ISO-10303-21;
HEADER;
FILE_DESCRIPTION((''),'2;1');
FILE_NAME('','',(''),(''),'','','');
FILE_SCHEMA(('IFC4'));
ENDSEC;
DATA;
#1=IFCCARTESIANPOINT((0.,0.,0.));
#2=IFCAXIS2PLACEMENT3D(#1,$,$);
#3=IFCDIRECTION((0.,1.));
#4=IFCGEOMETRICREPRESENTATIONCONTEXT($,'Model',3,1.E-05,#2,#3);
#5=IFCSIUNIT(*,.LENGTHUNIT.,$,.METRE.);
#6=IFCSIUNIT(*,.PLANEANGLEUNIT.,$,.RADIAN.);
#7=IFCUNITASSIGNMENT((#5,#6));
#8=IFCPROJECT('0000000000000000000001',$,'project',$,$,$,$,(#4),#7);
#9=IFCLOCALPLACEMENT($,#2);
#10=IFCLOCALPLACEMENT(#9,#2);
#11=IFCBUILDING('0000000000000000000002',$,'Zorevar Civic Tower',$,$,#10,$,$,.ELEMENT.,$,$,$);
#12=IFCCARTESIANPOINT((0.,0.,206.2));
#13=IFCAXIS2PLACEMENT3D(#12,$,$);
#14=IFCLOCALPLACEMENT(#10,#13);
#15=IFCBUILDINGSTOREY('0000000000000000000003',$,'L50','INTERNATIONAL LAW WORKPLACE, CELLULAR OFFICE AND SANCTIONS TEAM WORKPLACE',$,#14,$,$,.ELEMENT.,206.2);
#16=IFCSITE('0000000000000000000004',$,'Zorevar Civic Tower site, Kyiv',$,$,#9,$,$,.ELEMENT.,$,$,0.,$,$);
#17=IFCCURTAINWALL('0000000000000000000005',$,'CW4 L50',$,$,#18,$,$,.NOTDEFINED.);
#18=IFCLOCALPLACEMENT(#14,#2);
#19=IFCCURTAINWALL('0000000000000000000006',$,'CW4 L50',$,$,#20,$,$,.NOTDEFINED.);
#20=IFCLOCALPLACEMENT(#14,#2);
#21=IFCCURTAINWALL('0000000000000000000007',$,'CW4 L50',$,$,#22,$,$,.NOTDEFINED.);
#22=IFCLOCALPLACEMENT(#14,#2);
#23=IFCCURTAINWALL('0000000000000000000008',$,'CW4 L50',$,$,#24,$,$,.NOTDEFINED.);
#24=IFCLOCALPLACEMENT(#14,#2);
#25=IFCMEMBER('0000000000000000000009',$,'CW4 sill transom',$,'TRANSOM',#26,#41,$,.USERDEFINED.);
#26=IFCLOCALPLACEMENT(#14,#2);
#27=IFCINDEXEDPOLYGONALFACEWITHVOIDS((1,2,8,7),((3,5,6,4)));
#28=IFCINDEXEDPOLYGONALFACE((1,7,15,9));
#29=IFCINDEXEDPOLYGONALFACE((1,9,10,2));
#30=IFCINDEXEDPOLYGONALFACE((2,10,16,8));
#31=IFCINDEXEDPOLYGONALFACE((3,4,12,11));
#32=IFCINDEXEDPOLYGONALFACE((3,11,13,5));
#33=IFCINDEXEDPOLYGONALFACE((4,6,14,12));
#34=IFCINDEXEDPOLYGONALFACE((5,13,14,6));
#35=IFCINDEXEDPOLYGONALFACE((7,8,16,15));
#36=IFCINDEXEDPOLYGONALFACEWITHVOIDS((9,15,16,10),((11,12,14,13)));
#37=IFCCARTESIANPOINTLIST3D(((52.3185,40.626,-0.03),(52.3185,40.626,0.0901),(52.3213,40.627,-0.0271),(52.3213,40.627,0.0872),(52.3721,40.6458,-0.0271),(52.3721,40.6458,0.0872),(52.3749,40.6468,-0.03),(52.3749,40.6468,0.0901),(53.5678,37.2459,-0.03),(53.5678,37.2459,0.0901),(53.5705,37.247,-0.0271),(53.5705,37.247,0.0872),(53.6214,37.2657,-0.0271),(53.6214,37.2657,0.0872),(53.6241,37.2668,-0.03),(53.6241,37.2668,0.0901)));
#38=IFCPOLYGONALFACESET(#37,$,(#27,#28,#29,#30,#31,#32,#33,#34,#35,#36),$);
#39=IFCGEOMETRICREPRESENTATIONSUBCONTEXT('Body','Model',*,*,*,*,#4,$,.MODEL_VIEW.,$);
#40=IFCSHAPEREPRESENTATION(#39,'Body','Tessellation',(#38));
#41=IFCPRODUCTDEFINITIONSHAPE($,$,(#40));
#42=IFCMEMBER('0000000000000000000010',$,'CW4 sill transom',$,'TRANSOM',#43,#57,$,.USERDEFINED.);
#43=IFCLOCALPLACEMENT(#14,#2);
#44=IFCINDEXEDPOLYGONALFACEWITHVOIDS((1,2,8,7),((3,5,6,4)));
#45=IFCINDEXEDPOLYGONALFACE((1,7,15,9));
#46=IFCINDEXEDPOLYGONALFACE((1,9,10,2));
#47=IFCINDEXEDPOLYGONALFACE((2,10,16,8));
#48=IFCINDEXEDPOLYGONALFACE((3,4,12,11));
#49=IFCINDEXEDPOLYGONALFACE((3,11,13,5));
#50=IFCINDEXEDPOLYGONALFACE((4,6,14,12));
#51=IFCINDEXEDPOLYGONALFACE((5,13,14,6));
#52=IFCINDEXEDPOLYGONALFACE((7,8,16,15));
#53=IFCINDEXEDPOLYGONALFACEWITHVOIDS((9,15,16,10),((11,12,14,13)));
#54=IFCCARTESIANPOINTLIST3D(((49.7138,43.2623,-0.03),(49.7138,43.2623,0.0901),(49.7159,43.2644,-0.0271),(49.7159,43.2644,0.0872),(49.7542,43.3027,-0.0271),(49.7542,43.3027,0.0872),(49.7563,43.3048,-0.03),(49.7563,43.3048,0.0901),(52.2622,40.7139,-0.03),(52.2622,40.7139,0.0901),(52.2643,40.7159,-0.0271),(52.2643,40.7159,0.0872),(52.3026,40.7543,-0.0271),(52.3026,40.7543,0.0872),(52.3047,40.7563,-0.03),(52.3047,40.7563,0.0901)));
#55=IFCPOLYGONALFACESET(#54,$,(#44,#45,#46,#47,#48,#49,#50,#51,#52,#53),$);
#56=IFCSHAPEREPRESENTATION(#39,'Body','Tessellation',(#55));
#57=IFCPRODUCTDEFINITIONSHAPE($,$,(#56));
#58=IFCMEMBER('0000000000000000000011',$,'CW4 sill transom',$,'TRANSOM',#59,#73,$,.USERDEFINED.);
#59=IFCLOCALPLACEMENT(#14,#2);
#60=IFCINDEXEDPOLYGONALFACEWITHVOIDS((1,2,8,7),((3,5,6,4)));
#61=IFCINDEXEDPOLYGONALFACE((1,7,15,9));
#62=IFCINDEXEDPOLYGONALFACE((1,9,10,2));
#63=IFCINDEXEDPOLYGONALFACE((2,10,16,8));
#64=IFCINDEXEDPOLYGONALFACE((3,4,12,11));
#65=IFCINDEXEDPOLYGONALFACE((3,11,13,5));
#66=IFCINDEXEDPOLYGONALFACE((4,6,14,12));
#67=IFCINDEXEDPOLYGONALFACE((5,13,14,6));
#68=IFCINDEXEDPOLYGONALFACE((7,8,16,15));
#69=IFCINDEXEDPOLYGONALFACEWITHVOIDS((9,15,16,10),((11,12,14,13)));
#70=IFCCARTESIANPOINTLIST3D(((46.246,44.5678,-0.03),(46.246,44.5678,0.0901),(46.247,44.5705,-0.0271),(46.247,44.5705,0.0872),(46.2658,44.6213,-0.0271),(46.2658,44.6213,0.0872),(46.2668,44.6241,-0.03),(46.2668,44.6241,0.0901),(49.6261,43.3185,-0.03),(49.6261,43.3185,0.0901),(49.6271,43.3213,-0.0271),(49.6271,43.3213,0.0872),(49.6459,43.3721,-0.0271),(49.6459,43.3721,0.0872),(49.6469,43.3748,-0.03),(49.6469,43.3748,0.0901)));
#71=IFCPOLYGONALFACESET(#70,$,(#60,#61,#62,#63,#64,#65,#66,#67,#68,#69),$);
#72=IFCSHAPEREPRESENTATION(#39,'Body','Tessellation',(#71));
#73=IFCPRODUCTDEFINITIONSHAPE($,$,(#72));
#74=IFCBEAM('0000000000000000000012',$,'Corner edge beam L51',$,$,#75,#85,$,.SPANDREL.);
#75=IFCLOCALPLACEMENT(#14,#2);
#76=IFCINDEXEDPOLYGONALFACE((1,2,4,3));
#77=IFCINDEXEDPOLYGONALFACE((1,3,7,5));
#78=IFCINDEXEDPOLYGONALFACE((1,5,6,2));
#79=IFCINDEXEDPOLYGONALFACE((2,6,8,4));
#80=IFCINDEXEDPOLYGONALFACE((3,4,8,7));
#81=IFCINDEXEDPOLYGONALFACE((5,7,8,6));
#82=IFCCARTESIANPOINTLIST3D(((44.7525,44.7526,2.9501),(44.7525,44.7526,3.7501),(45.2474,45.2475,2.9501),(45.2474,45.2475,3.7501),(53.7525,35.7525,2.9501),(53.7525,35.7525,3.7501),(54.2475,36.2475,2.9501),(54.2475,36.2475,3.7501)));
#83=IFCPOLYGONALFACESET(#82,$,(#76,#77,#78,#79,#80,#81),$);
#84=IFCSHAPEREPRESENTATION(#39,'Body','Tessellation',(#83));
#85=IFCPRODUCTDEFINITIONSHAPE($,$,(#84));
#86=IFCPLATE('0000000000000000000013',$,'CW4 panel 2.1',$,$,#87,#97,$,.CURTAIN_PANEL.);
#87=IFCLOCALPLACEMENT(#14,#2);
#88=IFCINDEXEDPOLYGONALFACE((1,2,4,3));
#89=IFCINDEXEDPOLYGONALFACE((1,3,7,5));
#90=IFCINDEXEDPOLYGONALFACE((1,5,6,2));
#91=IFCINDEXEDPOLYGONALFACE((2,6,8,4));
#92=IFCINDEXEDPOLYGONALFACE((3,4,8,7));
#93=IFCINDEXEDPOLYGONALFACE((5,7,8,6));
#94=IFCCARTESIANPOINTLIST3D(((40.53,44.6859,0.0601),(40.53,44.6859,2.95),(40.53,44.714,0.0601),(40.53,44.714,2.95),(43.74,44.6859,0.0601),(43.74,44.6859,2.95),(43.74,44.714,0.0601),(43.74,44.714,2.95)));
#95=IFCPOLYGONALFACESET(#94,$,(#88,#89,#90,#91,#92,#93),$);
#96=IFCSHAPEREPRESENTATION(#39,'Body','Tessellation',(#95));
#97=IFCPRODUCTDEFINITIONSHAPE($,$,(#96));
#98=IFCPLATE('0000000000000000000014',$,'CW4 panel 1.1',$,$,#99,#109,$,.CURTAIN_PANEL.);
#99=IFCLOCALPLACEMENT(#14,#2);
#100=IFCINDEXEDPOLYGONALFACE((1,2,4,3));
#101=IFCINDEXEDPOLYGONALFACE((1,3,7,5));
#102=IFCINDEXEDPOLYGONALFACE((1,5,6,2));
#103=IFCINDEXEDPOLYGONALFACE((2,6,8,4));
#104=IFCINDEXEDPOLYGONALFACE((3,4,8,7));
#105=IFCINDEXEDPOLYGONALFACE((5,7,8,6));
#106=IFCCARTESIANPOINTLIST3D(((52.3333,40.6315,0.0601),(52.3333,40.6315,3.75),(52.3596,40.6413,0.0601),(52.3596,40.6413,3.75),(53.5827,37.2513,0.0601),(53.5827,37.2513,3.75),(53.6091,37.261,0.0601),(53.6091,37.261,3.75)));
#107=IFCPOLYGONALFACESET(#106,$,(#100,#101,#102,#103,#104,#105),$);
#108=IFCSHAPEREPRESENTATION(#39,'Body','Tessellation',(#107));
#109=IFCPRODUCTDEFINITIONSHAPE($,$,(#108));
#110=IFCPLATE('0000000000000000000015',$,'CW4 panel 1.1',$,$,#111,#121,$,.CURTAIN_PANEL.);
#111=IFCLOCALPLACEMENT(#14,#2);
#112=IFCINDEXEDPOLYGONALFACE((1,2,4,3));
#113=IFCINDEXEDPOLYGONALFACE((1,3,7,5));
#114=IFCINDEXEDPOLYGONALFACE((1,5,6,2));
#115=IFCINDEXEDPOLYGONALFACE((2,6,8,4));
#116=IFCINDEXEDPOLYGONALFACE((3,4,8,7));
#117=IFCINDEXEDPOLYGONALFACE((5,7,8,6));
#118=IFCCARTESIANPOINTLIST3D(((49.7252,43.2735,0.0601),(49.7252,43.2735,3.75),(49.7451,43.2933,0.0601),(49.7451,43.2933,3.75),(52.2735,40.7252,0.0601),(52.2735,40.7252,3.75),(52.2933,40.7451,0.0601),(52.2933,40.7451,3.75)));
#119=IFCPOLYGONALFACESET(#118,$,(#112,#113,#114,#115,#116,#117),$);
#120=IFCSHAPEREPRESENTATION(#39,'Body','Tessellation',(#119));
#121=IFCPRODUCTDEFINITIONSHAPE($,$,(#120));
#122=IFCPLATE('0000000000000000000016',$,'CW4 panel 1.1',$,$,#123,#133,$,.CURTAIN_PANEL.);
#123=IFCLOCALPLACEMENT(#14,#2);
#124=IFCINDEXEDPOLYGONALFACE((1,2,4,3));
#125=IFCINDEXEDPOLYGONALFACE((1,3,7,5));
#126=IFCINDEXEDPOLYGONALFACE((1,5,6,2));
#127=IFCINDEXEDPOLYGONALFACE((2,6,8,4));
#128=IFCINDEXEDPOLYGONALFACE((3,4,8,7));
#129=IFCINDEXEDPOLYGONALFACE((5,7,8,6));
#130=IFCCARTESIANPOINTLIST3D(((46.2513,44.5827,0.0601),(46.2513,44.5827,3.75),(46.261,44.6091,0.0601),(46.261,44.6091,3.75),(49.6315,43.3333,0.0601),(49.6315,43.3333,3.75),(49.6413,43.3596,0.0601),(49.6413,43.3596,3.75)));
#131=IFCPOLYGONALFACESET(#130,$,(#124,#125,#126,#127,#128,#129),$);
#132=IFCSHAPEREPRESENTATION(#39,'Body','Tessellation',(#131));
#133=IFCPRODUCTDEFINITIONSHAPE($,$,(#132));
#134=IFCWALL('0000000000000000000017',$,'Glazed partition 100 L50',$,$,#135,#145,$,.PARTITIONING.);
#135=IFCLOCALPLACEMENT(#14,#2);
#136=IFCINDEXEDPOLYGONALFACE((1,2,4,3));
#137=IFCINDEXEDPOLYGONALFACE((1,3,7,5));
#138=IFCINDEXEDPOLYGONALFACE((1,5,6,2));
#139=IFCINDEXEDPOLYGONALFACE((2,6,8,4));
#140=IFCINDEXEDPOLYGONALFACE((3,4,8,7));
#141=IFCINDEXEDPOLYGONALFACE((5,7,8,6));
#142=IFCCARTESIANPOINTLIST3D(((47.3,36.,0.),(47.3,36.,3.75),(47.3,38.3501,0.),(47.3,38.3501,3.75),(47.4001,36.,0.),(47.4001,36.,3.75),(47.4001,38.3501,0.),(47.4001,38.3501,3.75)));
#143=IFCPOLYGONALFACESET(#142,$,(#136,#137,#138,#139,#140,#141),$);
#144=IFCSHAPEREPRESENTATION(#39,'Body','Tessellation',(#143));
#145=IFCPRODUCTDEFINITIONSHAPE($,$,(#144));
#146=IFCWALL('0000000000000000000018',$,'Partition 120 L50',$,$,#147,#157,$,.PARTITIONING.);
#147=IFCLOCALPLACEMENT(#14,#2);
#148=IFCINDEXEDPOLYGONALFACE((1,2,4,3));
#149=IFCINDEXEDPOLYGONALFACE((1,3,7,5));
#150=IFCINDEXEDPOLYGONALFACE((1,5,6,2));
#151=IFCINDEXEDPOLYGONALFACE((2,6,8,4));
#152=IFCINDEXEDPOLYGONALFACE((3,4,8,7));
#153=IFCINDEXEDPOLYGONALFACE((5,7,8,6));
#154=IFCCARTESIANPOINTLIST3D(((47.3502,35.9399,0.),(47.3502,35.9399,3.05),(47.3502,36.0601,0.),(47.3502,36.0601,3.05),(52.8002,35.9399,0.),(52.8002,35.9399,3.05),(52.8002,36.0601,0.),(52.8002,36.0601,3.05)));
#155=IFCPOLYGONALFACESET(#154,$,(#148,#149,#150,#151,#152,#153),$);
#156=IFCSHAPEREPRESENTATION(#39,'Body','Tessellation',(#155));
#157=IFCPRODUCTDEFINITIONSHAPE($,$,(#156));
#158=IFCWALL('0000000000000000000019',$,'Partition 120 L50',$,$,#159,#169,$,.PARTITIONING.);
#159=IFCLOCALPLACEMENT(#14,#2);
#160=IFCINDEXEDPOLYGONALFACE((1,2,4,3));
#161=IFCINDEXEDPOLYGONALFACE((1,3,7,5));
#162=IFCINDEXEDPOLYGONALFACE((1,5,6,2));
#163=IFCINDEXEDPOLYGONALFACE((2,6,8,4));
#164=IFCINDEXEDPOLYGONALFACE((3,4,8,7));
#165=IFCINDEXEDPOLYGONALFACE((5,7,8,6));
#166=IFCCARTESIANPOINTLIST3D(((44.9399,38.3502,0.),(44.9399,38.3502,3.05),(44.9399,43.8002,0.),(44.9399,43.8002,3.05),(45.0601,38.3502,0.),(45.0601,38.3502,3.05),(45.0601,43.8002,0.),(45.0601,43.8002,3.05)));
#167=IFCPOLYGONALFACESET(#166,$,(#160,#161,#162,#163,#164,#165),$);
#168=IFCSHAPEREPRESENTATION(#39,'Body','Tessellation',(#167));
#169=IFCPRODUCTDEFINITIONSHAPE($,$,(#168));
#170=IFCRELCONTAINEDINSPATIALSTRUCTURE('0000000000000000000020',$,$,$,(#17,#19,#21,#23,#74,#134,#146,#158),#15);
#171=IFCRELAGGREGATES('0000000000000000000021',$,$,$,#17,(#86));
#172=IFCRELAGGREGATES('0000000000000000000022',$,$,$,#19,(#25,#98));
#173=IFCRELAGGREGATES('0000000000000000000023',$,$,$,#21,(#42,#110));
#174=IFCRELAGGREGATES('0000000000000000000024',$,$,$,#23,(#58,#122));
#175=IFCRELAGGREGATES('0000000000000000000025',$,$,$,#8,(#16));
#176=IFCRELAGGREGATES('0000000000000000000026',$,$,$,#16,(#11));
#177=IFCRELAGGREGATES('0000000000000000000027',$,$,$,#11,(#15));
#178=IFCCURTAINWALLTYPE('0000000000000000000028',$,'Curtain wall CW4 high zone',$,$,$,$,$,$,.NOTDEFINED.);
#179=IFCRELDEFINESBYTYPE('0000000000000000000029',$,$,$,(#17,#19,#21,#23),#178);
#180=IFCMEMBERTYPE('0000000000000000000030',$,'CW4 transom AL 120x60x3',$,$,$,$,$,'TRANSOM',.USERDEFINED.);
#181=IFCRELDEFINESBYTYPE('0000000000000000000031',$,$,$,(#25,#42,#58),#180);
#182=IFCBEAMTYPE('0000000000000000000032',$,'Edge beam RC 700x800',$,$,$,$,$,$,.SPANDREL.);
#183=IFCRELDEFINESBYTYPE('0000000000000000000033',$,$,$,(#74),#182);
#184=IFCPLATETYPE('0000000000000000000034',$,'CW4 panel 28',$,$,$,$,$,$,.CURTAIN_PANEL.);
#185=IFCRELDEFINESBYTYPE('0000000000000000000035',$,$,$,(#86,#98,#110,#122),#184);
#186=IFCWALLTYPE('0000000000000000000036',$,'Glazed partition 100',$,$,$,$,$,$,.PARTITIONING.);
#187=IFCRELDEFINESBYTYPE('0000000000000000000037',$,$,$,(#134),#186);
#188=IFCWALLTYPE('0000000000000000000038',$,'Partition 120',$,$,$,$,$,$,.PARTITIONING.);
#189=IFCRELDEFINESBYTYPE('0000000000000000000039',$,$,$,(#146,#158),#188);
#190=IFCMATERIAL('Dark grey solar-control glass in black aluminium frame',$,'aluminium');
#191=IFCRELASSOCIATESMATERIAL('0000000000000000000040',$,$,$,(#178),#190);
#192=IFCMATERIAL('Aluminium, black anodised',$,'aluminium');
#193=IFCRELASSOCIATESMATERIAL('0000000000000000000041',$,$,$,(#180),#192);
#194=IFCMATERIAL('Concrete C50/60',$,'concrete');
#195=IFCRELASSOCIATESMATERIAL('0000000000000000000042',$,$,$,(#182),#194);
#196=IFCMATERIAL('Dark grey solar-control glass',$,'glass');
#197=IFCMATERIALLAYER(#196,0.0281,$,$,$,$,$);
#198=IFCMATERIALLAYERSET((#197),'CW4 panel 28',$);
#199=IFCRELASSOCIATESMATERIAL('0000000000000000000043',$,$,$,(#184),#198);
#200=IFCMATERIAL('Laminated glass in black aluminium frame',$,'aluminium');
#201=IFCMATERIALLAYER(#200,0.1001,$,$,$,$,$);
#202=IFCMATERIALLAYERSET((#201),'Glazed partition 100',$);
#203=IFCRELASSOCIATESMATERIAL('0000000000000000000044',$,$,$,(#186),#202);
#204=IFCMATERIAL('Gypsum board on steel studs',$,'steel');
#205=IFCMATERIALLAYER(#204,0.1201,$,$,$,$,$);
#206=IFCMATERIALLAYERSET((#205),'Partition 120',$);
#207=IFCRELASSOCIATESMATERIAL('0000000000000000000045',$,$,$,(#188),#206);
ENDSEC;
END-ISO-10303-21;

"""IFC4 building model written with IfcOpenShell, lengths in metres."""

from ifc_helpers import new_model, si_unit, direction, frame, frame_2d, origin, origin_2d, place, context, subcontext, project, spatial, rectangle, hollow_rectangle, extrude, material, layer, layer_set, material_profile, profile_set, type_object, element, aggregate, save


model = new_model("IFC4")

# Units and contexts
model_context = context("Model", 3, precision=1e-05, world=origin(), true_north=direction((0.0, 1.0)))
body_context = subcontext(model_context, "Body", "Model", "MODEL_VIEW")
ifc_project = project(units=[si_unit("LENGTHUNIT", "METRE"), si_unit("PLANEANGLEUNIT", "RADIAN")], contexts=[model_context])

# Site, building, storey
site_placement = place(None, origin())
site = spatial("IfcSite", under=ifc_project, at=site_placement, Name="Zorevar Civic Tower site, Kyiv", CompositionType="ELEMENT", RefElevation=0.0)
building_placement = place(site_placement, origin())
building = spatial("IfcBuilding", under=site, at=building_placement, Name="Zorevar Civic Tower", CompositionType="ELEMENT")
storey_placement = place(building_placement, frame((0.0, 0.0, 206.2)))
storey = spatial("IfcBuildingStorey", under=building, at=storey_placement, Name="L50", Description="INTERNATIONAL LAW WORKPLACE, CELLULAR OFFICE AND SANCTIONS TEAM WORKPLACE", CompositionType="ELEMENT", Elevation=206.2)

# Curtain wall
ifc_material_1 = material(Name="Dark grey solar-control glass in black aluminium frame", Category="aluminium")
curtain_wall_type = type_object("IfcCurtainWallType", Name="Curtain wall CW4 high zone", PredefinedType="NOTDEFINED", material=ifc_material_1)
curtain_wall_1_placement = place(storey_placement, origin())
curtain_wall_1 = element("IfcCurtainWall", 1, at=curtain_wall_1_placement, inside=storey, type_object=curtain_wall_type, Name="CW4 L50", PredefinedType="NOTDEFINED")

# Curtain walls
curtain_wall_2_placement = place(storey_placement, origin())
curtain_wall_2 = element("IfcCurtainWall", 2, at=curtain_wall_2_placement, inside=storey, type_object=curtain_wall_type, Name="CW4 L50", PredefinedType="NOTDEFINED")
curtain_wall_3_placement = place(storey_placement, origin())
curtain_wall_3 = element("IfcCurtainWall", 3, at=curtain_wall_3_placement, inside=storey, type_object=curtain_wall_type, Name="CW4 L50", PredefinedType="NOTDEFINED")
curtain_wall_4_placement = place(storey_placement, origin())
curtain_wall_4 = element("IfcCurtainWall", 4, at=curtain_wall_4_placement, inside=storey, type_object=curtain_wall_type, Name="CW4 L50", PredefinedType="NOTDEFINED")

# Members
ifc_material_2 = material(Name="Aluminium, black anodised", Category="aluminium")
ifc_material_profile_1 = material_profile(ifc_material_2, hollow_rectangle(XDim=0.0601, YDim=0.1201, WallThickness=0.0029, at=origin_2d()), Name="AL 120x60x3")
ifc_profile_set_1 = profile_set([ifc_material_profile_1], Name="Aluminium, black anodised")
member_type_1 = type_object("IfcMemberType", Name="CW4 transom AL 120x60x3", ElementType="TRANSOM", PredefinedType="USERDEFINED", material=ifc_profile_set_1)
member_1_placement = place(storey_placement, frame((53.5959, 37.2563, 0.03), z_axis=(-0.346672, 0.937986, 0.0), x_axis=(-0.937986, -0.346672, 0.0)))
member_1 = element("IfcMember", 5, at=member_1_placement, type_object=member_type_1, Name="CW4 sill transom", ObjectType="TRANSOM", PredefinedType="USERDEFINED", context=body_context, shape_type="SweptSolid", body=[
    extrude(hollow_rectangle(XDim=0.0601, YDim=0.1201, WallThickness=0.0029, at=origin_2d()), origin(), (0.0, 0.0, 1.0), 3.6035),
])
member_2_placement = place(storey_placement, frame((52.2834, 40.7351, 0.03), z_axis=(-0.707107, 0.707107, 0.0), x_axis=(-0.707107, -0.707107, 0.0)))
member_2 = element("IfcMember", 6, at=member_2_placement, type_object=member_type_1, Name="CW4 sill transom", ObjectType="TRANSOM", PredefinedType="USERDEFINED", context=body_context, shape_type="SweptSolid", body=[
    extrude(hollow_rectangle(XDim=0.0601, YDim=0.1201, WallThickness=0.0029, at=origin_2d()), origin(), (0.0, 0.0, 1.0), 3.604),
])
member_3_placement = place(storey_placement, frame((49.6365, 43.3467, 0.03), z_axis=(-0.937986, 0.346672, 0.0), x_axis=(-0.346672, -0.937986, 0.0)))
member_3 = element("IfcMember", 7, at=member_3_placement, type_object=member_type_1, Name="CW4 sill transom", ObjectType="TRANSOM", PredefinedType="USERDEFINED", context=body_context, shape_type="SweptSolid", body=[
    extrude(hollow_rectangle(XDim=0.0601, YDim=0.1201, WallThickness=0.0029, at=origin_2d()), origin(), (0.0, 0.0, 1.0), 3.6035),
])

# Beam
ifc_material_3 = material(Name="Concrete C50/60", Category="concrete")
ifc_material_profile_2 = material_profile(ifc_material_3, rectangle(XDim=0.7, YDim=0.8, at=origin_2d()), Name="RC 700x800")
ifc_profile_set_2 = profile_set([ifc_material_profile_2], Name="Concrete C50/60")
beam_type_1 = type_object("IfcBeamType", Name="Edge beam RC 700x800", PredefinedType="SPANDREL", material=ifc_profile_set_2)
beam_1_placement = place(storey_placement, frame((54.0, 36.0, 3.3501), z_axis=(-0.707107, 0.707107, 0.0), x_axis=(-0.707107, -0.707107, 0.0)))
element("IfcBeam", 8, at=beam_1_placement, inside=storey, type_object=beam_type_1, Name="Corner edge beam L51", PredefinedType="SPANDREL", context=body_context, shape_type="SweptSolid", body=[
    extrude(rectangle(XDim=0.7, YDim=0.8, at=origin_2d()), origin(), (0.0, 0.0, 1.0), 12.728),
])

# Plates
ifc_material_4 = material(Name="Dark grey solar-control glass", Category="glass")
ifc_layer_1 = layer(ifc_material_4, 0.0281)
ifc_layer_set_1 = layer_set([ifc_layer_1], Name="CW4 panel 28")
plate_type = type_object("IfcPlateType", Name="CW4 panel 28", PredefinedType="CURTAIN_PANEL", material=ifc_layer_set_1)
plate_1_placement = place(storey_placement, frame((42.135, 44.7, 0.0601), z_axis=(0.0, 0.0, 1.0), x_axis=(1.0, 0.0, 0.0)))
plate_1 = element("IfcPlate", 9, at=plate_1_placement, type_object=plate_type, Name="CW4 panel 2.1", PredefinedType="CURTAIN_PANEL", context=body_context, shape_type="SweptSolid", body=[
    extrude(rectangle(XDim=3.21, YDim=0.0281, at=origin_2d()), origin(), (0.0, 0.0, 1.0), 2.8899),
])
aggregate(curtain_wall_1, [plate_1])
plate_2_placement = place(storey_placement, frame((52.9712, 38.9463, 0.0601), z_axis=(0.0, 0.0, 1.0), x_axis=(-0.346704, 0.937975, 0.0)))
plate_2 = element("IfcPlate", 10, at=plate_2_placement, type_object=plate_type, Name="CW4 panel 1.1", PredefinedType="CURTAIN_PANEL", context=body_context, shape_type="SweptSolid", body=[
    extrude(rectangle(XDim=3.6038, YDim=0.0281, at=origin_2d()), origin(), (0.0, 0.0, 1.0), 3.6899),
])
aggregate(curtain_wall_2, [member_1, plate_2])
plate_3_placement = place(storey_placement, frame((51.0093, 42.0093, 0.0601), z_axis=(0.0, 0.0, 1.0), x_axis=(-0.707107, 0.707107, 0.0)))
plate_3 = element("IfcPlate", 11, at=plate_3_placement, type_object=plate_type, Name="CW4 panel 1.1", PredefinedType="CURTAIN_PANEL", context=body_context, shape_type="SweptSolid", body=[
    extrude(rectangle(XDim=3.6038, YDim=0.0281, at=origin_2d()), origin(), (0.0, 0.0, 1.0), 3.6899),
])
aggregate(curtain_wall_3, [member_2, plate_3])
plate_4_placement = place(storey_placement, frame((47.9463, 43.9712, 0.0601), z_axis=(0.0, 0.0, 1.0), x_axis=(-0.937975, 0.346704, 0.0)))
plate_4 = element("IfcPlate", 12, at=plate_4_placement, type_object=plate_type, Name="CW4 panel 1.1", PredefinedType="CURTAIN_PANEL", context=body_context, shape_type="SweptSolid", body=[
    extrude(rectangle(XDim=3.6038, YDim=0.0281, at=origin_2d()), origin(), (0.0, 0.0, 1.0), 3.6899),
])
aggregate(curtain_wall_4, [member_3, plate_4])

# Shared definitions
ifc_material_5 = material(Name="Laminated glass in black aluminium frame", Category="aluminium")
ifc_layer_2 = layer(ifc_material_5, 0.1001)
ifc_layer_set_2 = layer_set([ifc_layer_2], Name="Glazed partition 100")
wall_type_1 = type_object("IfcWallType", Name="Glazed partition 100", PredefinedType="PARTITIONING", material=ifc_layer_set_2)

# Walls
wall_1_placement = place(storey_placement, frame((47.3501, 36.0, 0.0), z_axis=(0.0, 0.0, 1.0), x_axis=(0.0, 1.0, 0.0)))
element("IfcWall", 13, at=wall_1_placement, inside=storey, type_object=wall_type_1, Name="Glazed partition 100 L50", PredefinedType="PARTITIONING", context=body_context, shape_type="SweptSolid", body=[
    extrude(rectangle(XDim=2.3501, YDim=0.1001, at=frame_2d((1.175, 0.0))), origin(), (0.0, 0.0, 1.0), 3.75),
])
ifc_material_6 = material(Name="Gypsum board on steel studs", Category="steel")
ifc_layer_3 = layer(ifc_material_6, 0.1201)
ifc_layer_set_3 = layer_set([ifc_layer_3], Name="Partition 120")
wall_type_2 = type_object("IfcWallType", Name="Partition 120", PredefinedType="PARTITIONING", material=ifc_layer_set_3)
for number, where, z_axis, x_axis, name in (
    (14, (47.3501, 36.0, 0.0), (0.0, 0.0, 1.0), (1.0, 0.0, 0.0), "Partition 120 L50"),
    (15, (45.0, 38.3501, 0.0), (0.0, 0.0, 1.0), (0.0, 1.0, 0.0), "Partition 120 L50"),
):
    element("IfcWall", number, at=place(storey_placement, frame(where, z_axis=z_axis, x_axis=x_axis)), inside=storey, type_object=wall_type_2, Name=name, PredefinedType="PARTITIONING", context=body_context, shape_type="SweptSolid", body=[
        extrude(rectangle(XDim=5.45, YDim=0.1201, at=frame_2d((2.7251, 0.0))), origin(), (0.0, 0.0, 1.0), 3.05),
    ])

save(model, "model.ifc")
